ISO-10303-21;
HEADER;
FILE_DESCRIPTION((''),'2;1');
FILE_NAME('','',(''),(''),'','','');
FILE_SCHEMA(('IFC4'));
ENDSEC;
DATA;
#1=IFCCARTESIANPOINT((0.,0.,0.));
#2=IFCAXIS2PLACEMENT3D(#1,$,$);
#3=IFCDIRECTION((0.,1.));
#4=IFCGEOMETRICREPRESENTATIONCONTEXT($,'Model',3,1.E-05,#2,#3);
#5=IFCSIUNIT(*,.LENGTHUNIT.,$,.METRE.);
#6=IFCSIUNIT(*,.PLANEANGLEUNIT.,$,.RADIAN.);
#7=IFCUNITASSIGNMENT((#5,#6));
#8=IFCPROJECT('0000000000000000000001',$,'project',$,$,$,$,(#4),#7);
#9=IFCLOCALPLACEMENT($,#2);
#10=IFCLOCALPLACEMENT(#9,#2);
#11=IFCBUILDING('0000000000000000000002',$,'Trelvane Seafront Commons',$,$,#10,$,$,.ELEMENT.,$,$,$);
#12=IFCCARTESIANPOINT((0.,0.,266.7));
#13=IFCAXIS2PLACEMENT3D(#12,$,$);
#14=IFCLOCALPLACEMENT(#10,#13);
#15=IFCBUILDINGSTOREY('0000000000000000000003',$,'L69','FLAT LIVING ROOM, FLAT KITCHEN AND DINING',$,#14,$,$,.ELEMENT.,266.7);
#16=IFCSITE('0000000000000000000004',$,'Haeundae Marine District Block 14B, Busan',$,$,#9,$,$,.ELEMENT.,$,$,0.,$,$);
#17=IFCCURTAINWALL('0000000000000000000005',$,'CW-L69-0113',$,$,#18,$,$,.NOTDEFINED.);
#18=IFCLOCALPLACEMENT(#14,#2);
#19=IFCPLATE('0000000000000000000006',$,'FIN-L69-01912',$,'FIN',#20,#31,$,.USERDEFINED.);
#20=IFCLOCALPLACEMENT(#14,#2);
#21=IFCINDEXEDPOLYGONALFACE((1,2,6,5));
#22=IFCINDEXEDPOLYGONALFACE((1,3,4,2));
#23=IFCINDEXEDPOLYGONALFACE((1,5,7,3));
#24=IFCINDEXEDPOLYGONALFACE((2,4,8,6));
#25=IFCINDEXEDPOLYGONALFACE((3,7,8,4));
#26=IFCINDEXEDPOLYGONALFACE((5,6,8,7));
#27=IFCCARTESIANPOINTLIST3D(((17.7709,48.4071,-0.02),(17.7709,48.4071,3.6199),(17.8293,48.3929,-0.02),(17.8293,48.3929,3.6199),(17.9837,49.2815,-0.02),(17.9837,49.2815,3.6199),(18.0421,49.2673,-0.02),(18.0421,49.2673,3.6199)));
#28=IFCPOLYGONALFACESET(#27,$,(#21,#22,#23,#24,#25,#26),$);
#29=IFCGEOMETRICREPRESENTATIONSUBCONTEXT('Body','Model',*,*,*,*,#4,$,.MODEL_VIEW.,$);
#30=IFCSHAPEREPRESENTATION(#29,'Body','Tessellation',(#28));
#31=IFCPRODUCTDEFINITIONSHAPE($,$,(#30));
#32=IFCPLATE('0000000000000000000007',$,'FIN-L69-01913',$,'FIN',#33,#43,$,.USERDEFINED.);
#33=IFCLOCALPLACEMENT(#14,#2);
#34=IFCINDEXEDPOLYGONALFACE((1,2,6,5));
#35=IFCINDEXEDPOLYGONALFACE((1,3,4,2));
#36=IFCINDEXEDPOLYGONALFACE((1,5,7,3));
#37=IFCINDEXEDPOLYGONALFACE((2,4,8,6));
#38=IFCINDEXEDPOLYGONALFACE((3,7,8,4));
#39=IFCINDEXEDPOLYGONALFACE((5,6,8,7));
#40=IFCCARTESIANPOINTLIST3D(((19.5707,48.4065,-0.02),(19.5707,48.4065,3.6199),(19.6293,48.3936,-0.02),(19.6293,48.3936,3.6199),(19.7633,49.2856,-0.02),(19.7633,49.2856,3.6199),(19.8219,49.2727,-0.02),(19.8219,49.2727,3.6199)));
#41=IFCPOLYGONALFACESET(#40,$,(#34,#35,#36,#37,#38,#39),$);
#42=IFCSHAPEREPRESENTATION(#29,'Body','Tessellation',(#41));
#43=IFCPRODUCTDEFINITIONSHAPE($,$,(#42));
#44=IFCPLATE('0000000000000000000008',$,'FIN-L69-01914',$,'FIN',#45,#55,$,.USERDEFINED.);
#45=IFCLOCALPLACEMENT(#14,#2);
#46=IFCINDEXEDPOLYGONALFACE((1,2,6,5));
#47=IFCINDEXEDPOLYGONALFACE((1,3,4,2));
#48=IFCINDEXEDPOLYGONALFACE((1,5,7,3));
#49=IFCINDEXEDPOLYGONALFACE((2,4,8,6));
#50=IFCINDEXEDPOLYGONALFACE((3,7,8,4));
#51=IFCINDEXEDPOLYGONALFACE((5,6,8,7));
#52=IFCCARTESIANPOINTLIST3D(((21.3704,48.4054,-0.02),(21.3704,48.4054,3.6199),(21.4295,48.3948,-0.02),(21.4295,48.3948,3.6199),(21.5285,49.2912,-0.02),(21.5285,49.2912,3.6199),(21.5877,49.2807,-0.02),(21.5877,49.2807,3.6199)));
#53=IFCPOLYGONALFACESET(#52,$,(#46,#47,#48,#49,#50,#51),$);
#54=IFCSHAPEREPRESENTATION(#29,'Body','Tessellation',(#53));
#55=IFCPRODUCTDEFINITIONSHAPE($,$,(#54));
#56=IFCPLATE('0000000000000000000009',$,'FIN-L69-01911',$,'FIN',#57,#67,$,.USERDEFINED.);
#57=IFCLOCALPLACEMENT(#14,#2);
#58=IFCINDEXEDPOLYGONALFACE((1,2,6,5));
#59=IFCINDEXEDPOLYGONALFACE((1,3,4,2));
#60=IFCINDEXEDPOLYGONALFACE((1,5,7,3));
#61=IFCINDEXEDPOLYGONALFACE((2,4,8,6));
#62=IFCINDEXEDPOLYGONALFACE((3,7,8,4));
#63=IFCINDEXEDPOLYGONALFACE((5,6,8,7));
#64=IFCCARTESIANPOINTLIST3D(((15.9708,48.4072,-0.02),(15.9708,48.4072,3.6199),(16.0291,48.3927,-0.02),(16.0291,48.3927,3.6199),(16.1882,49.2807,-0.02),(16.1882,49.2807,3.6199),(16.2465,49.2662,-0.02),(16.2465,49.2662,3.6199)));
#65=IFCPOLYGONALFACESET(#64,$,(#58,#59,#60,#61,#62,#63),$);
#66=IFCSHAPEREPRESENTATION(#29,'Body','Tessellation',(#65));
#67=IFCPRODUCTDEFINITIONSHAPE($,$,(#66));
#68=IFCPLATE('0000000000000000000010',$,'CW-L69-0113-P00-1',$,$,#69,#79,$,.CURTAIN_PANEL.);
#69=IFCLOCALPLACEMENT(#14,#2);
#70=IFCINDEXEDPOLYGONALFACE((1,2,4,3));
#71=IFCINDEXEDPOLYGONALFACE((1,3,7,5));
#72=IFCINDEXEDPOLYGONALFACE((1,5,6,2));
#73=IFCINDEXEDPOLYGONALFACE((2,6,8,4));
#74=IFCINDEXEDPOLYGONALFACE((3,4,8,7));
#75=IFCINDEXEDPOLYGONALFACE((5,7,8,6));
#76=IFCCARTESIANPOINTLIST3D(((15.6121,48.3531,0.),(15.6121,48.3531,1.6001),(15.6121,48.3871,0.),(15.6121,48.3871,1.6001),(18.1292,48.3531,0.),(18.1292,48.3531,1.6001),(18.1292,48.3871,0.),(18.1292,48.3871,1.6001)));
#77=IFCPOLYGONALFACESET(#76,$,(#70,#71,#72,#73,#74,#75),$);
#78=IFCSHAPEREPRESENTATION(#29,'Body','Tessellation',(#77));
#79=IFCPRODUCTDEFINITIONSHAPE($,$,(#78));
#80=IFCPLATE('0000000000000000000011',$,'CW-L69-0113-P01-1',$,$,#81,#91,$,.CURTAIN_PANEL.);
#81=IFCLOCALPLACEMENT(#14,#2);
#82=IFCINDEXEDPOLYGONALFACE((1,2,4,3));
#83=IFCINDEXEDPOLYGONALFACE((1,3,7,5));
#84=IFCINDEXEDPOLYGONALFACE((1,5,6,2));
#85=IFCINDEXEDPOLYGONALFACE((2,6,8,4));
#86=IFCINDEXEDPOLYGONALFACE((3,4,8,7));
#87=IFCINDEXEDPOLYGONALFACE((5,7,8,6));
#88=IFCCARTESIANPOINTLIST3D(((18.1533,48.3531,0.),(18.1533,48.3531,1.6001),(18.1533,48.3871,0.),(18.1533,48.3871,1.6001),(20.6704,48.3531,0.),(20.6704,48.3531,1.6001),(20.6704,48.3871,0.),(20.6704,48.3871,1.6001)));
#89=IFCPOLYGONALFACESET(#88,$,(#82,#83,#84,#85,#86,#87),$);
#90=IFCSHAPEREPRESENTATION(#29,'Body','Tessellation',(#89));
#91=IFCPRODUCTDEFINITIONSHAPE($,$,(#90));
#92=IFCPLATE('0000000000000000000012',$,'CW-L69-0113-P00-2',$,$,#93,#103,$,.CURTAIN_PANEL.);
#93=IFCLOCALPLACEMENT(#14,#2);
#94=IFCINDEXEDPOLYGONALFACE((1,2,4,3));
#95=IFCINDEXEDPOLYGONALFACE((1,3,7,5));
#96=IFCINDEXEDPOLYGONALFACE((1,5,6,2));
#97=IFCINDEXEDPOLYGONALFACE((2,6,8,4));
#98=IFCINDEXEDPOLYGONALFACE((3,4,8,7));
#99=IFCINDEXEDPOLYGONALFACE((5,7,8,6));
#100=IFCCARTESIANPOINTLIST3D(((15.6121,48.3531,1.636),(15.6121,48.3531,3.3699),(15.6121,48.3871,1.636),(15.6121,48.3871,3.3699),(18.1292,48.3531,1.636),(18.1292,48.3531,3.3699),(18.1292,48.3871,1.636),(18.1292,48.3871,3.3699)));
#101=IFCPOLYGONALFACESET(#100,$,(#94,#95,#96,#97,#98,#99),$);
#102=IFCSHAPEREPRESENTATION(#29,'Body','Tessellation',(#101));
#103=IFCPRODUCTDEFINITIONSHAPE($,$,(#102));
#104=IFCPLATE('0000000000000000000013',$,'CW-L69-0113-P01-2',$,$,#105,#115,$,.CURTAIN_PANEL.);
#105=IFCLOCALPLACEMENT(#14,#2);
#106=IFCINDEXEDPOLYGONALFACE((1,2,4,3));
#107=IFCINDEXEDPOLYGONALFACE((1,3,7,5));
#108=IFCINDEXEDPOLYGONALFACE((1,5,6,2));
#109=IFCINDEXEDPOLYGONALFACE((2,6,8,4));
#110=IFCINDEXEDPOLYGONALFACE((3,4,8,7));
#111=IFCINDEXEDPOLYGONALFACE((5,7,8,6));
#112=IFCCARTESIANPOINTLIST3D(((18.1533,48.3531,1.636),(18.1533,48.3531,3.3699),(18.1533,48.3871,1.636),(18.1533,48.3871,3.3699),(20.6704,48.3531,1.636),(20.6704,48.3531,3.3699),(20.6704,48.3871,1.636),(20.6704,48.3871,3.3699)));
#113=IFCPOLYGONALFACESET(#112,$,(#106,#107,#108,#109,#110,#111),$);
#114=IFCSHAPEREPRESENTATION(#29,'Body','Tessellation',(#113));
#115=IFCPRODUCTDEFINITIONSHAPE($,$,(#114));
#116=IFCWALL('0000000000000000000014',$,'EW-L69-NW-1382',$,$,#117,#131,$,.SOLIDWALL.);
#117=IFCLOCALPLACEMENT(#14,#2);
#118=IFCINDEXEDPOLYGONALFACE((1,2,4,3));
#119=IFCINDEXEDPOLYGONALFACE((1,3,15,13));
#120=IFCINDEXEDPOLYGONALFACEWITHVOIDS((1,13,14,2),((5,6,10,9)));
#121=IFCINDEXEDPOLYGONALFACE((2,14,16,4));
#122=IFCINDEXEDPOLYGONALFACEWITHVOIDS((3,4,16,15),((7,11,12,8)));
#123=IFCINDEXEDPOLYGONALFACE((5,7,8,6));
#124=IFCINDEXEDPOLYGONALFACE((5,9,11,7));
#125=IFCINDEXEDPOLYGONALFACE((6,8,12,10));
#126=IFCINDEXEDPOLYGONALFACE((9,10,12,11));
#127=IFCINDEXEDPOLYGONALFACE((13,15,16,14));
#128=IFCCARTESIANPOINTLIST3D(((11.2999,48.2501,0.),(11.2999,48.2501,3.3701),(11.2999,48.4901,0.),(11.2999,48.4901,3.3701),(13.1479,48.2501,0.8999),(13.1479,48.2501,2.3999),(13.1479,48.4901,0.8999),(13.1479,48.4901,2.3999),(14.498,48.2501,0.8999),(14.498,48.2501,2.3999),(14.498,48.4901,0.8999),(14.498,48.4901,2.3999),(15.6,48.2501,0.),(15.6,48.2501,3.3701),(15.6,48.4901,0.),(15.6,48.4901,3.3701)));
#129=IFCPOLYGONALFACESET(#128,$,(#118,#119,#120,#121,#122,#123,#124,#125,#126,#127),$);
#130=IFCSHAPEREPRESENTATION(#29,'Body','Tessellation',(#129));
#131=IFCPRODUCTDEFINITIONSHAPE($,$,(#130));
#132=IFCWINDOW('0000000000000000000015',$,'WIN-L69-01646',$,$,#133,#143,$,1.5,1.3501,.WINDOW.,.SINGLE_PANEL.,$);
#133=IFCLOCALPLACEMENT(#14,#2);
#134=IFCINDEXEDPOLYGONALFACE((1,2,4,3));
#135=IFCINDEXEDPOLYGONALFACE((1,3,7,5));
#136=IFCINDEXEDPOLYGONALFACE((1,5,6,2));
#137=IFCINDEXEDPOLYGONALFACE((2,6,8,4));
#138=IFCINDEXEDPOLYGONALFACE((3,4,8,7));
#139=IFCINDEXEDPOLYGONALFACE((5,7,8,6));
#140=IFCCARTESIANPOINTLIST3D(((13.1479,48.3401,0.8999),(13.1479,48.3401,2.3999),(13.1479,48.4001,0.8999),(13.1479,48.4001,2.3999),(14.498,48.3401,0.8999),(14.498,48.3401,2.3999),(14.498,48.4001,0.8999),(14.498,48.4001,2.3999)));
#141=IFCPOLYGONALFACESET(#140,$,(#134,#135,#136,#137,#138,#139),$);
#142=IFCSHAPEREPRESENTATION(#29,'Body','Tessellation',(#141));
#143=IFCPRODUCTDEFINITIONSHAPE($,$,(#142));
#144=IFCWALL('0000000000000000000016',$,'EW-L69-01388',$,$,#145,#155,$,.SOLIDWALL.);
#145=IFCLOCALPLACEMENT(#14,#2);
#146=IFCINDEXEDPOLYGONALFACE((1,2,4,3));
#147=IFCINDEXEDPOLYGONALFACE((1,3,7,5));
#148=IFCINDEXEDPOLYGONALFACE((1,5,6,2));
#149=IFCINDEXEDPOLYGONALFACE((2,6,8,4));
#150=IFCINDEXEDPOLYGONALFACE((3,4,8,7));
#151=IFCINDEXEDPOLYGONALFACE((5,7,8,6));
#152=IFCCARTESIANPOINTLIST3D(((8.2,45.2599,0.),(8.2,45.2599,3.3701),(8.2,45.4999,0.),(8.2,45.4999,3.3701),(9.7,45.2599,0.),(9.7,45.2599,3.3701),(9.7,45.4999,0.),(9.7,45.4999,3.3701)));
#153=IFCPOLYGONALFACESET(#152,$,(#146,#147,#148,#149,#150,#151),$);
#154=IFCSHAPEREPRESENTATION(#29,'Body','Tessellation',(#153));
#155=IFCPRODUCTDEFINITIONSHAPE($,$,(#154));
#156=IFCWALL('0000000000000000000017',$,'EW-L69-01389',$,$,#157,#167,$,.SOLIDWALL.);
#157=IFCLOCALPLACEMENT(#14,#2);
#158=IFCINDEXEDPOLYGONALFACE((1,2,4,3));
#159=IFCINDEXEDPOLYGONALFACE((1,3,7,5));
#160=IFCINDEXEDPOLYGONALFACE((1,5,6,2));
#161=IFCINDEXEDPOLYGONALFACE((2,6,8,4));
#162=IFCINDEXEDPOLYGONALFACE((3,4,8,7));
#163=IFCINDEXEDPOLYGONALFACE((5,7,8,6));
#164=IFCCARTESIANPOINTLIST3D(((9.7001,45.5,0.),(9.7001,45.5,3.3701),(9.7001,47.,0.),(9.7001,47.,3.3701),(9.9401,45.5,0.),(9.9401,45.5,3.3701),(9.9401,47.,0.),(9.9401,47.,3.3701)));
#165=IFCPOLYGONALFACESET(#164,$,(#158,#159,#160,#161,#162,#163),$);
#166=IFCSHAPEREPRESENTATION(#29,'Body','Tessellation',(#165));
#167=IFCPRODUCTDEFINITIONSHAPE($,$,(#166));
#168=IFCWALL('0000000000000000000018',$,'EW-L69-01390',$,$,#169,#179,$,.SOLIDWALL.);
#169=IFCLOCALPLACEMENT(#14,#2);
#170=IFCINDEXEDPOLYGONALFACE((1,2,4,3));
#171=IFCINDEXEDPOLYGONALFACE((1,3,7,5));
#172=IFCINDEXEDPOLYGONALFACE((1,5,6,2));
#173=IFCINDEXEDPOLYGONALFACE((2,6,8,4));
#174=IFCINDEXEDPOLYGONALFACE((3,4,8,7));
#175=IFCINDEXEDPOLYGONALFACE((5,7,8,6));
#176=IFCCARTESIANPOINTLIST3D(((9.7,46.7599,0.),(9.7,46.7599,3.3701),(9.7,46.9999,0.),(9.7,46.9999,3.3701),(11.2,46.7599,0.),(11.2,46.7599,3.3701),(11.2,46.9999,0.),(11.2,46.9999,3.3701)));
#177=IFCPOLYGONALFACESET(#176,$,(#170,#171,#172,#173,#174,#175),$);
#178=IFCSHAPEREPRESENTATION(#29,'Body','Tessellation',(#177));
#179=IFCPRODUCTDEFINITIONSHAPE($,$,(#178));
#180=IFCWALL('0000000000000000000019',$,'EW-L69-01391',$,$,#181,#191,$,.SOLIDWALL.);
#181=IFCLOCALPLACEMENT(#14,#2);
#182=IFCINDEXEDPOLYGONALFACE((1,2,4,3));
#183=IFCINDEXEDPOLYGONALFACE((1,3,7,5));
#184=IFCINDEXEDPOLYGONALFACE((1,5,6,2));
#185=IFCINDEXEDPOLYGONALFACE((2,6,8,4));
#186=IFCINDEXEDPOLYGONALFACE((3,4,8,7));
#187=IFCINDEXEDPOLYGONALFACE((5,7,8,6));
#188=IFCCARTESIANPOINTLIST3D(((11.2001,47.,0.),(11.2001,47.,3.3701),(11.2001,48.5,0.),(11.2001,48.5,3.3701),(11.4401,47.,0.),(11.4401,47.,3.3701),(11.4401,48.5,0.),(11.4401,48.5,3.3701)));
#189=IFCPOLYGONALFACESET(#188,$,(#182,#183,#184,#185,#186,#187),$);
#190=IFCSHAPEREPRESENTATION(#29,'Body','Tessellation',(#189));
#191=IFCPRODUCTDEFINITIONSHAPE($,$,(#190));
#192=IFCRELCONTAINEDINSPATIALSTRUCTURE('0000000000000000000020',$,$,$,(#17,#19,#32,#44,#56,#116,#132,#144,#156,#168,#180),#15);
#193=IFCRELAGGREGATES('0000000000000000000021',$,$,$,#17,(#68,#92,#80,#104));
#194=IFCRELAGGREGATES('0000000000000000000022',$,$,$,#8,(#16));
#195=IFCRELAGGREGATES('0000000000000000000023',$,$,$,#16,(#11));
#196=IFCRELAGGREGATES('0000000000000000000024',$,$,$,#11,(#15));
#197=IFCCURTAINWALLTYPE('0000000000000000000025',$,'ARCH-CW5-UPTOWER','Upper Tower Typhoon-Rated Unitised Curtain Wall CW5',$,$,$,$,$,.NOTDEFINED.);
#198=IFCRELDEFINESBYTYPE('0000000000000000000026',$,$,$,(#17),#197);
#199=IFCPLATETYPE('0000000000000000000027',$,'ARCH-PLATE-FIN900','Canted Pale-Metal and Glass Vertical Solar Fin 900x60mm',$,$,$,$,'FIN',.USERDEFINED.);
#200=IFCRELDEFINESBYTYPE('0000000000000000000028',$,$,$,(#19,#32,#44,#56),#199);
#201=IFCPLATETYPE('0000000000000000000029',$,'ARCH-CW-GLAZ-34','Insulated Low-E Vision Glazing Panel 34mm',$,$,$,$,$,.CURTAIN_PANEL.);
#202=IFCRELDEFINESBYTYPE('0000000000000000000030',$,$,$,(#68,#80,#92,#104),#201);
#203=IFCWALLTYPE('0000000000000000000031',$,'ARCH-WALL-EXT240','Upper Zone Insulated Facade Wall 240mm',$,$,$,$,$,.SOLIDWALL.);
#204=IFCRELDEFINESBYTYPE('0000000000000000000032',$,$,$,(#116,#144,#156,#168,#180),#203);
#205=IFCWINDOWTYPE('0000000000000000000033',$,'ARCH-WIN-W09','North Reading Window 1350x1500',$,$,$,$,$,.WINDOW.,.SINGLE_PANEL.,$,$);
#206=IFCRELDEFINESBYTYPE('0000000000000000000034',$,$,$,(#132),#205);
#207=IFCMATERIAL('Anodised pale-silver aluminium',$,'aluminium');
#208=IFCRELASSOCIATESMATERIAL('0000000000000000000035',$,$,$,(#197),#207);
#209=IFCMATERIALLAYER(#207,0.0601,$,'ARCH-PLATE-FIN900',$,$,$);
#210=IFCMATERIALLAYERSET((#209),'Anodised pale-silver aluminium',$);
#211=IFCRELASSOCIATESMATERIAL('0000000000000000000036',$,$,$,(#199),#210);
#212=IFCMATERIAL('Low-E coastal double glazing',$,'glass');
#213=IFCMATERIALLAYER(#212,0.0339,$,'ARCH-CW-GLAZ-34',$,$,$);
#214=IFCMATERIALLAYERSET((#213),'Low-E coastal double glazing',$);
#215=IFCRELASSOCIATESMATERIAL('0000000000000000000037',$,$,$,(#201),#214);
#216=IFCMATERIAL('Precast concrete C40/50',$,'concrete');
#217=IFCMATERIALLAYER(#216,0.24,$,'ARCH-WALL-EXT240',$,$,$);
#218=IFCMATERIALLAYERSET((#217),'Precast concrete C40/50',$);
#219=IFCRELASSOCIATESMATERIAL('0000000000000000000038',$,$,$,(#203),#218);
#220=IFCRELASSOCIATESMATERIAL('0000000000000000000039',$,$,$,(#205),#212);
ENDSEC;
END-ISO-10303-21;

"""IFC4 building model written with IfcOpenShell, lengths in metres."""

from ifc_helpers import new_model, si_unit, direction, frame, frame_2d, origin, origin_2d, place, context, subcontext, project, spatial, rectangle, extrude, source, transform, mapped, material, layer, layer_set, type_object, element, fill, aggregate, save


model = new_model("IFC4")

# Units and contexts
model_context = context("Model", 3, precision=1e-05, world=origin(), true_north=direction((0.0, 1.0)))
body_context = subcontext(model_context, "Body", "Model", "MODEL_VIEW")
ifc_project = project(units=[si_unit("LENGTHUNIT", "METRE"), si_unit("PLANEANGLEUNIT", "RADIAN")], contexts=[model_context])

# Site, building, storey
site_placement = place(None, origin())
site = spatial("IfcSite", under=ifc_project, at=site_placement, Name="Haeundae Marine District Block 14B, Busan", CompositionType="ELEMENT", RefElevation=0.0)
building_placement = place(site_placement, origin())
building = spatial("IfcBuilding", under=site, at=building_placement, Name="Trelvane Seafront Commons", CompositionType="ELEMENT")
storey_placement = place(building_placement, frame((0.0, 0.0, 266.7)))
storey = spatial("IfcBuildingStorey", under=building, at=storey_placement, Name="L69", Description="FLAT LIVING ROOM, FLAT KITCHEN AND DINING", CompositionType="ELEMENT", Elevation=266.7)

# Curtain wall
ifc_material_1 = material(Name="Anodised pale-silver aluminium", Category="aluminium")
curtain_wall_type = type_object("IfcCurtainWallType", Name="ARCH-CW5-UPTOWER", Description="Upper Tower Typhoon-Rated Unitised Curtain Wall CW5", PredefinedType="NOTDEFINED", material=ifc_material_1)
curtain_wall_placement = place(storey_placement, origin())
curtain_wall = element("IfcCurtainWall", 1, at=curtain_wall_placement, inside=storey, type_object=curtain_wall_type, Name="CW-L69-0113", PredefinedType="NOTDEFINED")

# Plates
ifc_layer_1 = layer(ifc_material_1, 0.0601, Name="ARCH-PLATE-FIN900")
ifc_layer_set_1 = layer_set([ifc_layer_1], Name="Anodised pale-silver aluminium")
plate_type_1 = type_object("IfcPlateType", Name="ARCH-PLATE-FIN900", Description="Canted Pale-Metal and Glass Vertical Solar Fin 900x60mm", ElementType="FIN", PredefinedType="USERDEFINED", material=ifc_layer_set_1)
shared_shape_1 = source(origin(), body_context, "Body", "SweptSolid", [
    extrude(rectangle(XDim=0.8999, YDim=0.0601, at=origin_2d()), origin(), (0.0, 0.0, 1.0), 3.6399),
])
for number, where, z_axis, x_axis, name in (
    (2, (17.9065, 48.8372, -0.02), (0.0, 0.0, 1.0), (0.23644, 0.971646, 0.0), "FIN-L69-01912"),
    (3, (19.6963, 48.8396, -0.02), (0.0, 0.0, 1.0), (0.214013, 0.976831, 0.0), "FIN-L69-01913"),
    (4, (21.479, 48.843, -0.02), (0.0, 0.0, 1.0), (0.175776, 0.98443, 0.0), "FIN-L69-01914"),
):
    element("IfcPlate", number, at=place(storey_placement, frame(where, z_axis=z_axis, x_axis=x_axis)), inside=storey, type_object=plate_type_1, Name=name, ObjectType="FIN", PredefinedType="USERDEFINED", context=body_context, shape_type="MappedRepresentation", body=[
        mapped(shared_shape_1, transform((0.0, 0.0, 0.0), x_axis=(1.0, 0.0, 0.0), y_axis=(0.0, 1.0, 0.0), z_axis=(0.0, 0.0, 1.0), scale=1.0)),
    ])
shared_shape_2 = source(origin(), body_context, "Body", "SweptSolid", [
    extrude(rectangle(XDim=0.9001, YDim=0.0601, at=origin_2d()), origin(), (0.0, 0.0, 1.0), 3.6399),
])
plate_1_placement = place(storey_placement, frame((16.1086, 48.8367, -0.02), z_axis=(0.0, 0.0, 1.0), x_axis=(0.241543, 0.97039, 0.0)))
element("IfcPlate", 5, at=plate_1_placement, inside=storey, type_object=plate_type_1, Name="FIN-L69-01911", ObjectType="FIN", PredefinedType="USERDEFINED", context=body_context, shape_type="MappedRepresentation", body=[
    mapped(shared_shape_2, transform((0.0, 0.0, 0.0), x_axis=(1.0, 0.0, 0.0), y_axis=(0.0, 1.0, 0.0), z_axis=(0.0, 0.0, 1.0), scale=1.0)),
])

# Plates
ifc_material_2 = material(Name="Low-E coastal double glazing", Category="glass")
ifc_layer_2 = layer(ifc_material_2, 0.0339, Name="ARCH-CW-GLAZ-34")
ifc_layer_set_2 = layer_set([ifc_layer_2], Name="Low-E coastal double glazing")
plate_type_2 = type_object("IfcPlateType", Name="ARCH-CW-GLAZ-34", Description="Insulated Low-E Vision Glazing Panel 34mm", PredefinedType="CURTAIN_PANEL", material=ifc_layer_set_2)
shared_shape_3 = source(origin(), body_context, "Body", "SweptSolid", [
    extrude(rectangle(XDim=2.5171, YDim=0.0339, at=origin_2d()), origin(), (0.0, 0.0, 1.0), 1.6001),
])
plate_2_placement = place(storey_placement, frame((16.8706, 48.3701, 0.0), z_axis=(0.0, 0.0, 1.0), x_axis=(1.0, 0.0, 0.0)))
plate_2 = element("IfcPlate", 6, at=plate_2_placement, type_object=plate_type_2, Name="CW-L69-0113-P00-1", PredefinedType="CURTAIN_PANEL", context=body_context, shape_type="MappedRepresentation", body=[
    mapped(shared_shape_3, transform((0.0, 0.0, 0.0), x_axis=(1.0, 0.0, 0.0), y_axis=(0.0, 1.0, 0.0), z_axis=(0.0, 0.0, 1.0), scale=1.0)),
])
plate_3_placement = place(storey_placement, frame((19.4119, 48.3701, 0.0), z_axis=(0.0, 0.0, 1.0), x_axis=(1.0, 0.0, 0.0)))
plate_3 = element("IfcPlate", 7, at=plate_3_placement, type_object=plate_type_2, Name="CW-L69-0113-P01-1", PredefinedType="CURTAIN_PANEL", context=body_context, shape_type="MappedRepresentation", body=[
    mapped(shared_shape_3, transform((0.0, 0.0, 0.0), x_axis=(1.0, 0.0, 0.0), y_axis=(0.0, 1.0, 0.0), z_axis=(0.0, 0.0, 1.0), scale=1.0)),
])
shared_shape_4 = source(origin(), body_context, "Body", "SweptSolid", [
    extrude(rectangle(XDim=2.5171, YDim=0.0339, at=origin_2d()), origin(), (0.0, 0.0, 1.0), 1.7339),
])
plate_4_placement = place(storey_placement, frame((16.8706, 48.3701, 1.636), z_axis=(0.0, 0.0, 1.0), x_axis=(1.0, 0.0, 0.0)))
plate_4 = element("IfcPlate", 8, at=plate_4_placement, type_object=plate_type_2, Name="CW-L69-0113-P00-2", PredefinedType="CURTAIN_PANEL", context=body_context, shape_type="MappedRepresentation", body=[
    mapped(shared_shape_4, transform((0.0, 0.0, 0.0), x_axis=(1.0, 0.0, 0.0), y_axis=(0.0, 1.0, 0.0), z_axis=(0.0, 0.0, 1.0), scale=1.0)),
])
plate_5_placement = place(storey_placement, frame((19.4119, 48.3701, 1.636), z_axis=(0.0, 0.0, 1.0), x_axis=(1.0, 0.0, 0.0)))
plate_5 = element("IfcPlate", 9, at=plate_5_placement, type_object=plate_type_2, Name="CW-L69-0113-P01-2", PredefinedType="CURTAIN_PANEL", context=body_context, shape_type="MappedRepresentation", body=[
    mapped(shared_shape_4, transform((0.0, 0.0, 0.0), x_axis=(1.0, 0.0, 0.0), y_axis=(0.0, 1.0, 0.0), z_axis=(0.0, 0.0, 1.0), scale=1.0)),
])
aggregate(curtain_wall, [plate_2, plate_4, plate_3, plate_5])

# Wall, opening, window
ifc_material_3 = material(Name="Precast concrete C40/50", Category="concrete")
ifc_layer_3 = layer(ifc_material_3, 0.24, Name="ARCH-WALL-EXT240")
ifc_layer_set_3 = layer_set([ifc_layer_3], Name="Precast concrete C40/50")
wall_type = type_object("IfcWallType", Name="ARCH-WALL-EXT240", Description="Upper Zone Insulated Facade Wall 240mm", PredefinedType="SOLIDWALL", material=ifc_layer_set_3)
wall_placement = place(storey_placement, frame((11.3, 48.3701, 0.0), z_axis=(0.0, 0.0, 1.0), x_axis=(1.0, 0.0, 0.0)))
wall = element("IfcWall", 10, at=wall_placement, inside=storey, type_object=wall_type, Name="EW-L69-NW-1382", PredefinedType="SOLIDWALL", context=body_context, shape_type="SweptSolid", body=[
    extrude(rectangle(XDim=4.3, YDim=0.24, at=frame_2d((2.1499, 0.0))), origin(), (0.0, 0.0, 1.0), 3.3701),
])
opening_placement = place(wall_placement, frame((1.8479, 0.0, 0.8999)))
opening = element("IfcOpeningElement", 11, at=opening_placement, cuts=wall, PredefinedType="OPENING", context=body_context, shape_type="SweptSolid", body=[
    extrude(rectangle(XDim=1.3501, YDim=1.5, at=frame_2d((0.675, 0.75))), frame((0.0, 0.1299, 0.0), z_axis=(0.0, -1.0, 0.0), x_axis=(1.0, 0.0, 0.0)), (0.0, 0.0, 1.0), 0.26),
])
window_type = type_object("IfcWindowType", Name="ARCH-WIN-W09", Description="North Reading Window 1350x1500", PartitioningType="SINGLE_PANEL", PredefinedType="WINDOW", material=ifc_material_2)
shared_shape_5 = source(origin(), body_context, "Body", "SweptSolid", [
    extrude(rectangle(XDim=1.3501, YDim=1.5, at=frame_2d((0.675, 0.75))), frame((0.0, 0.03, 0.0), z_axis=(0.0, -1.0, 0.0), x_axis=(1.0, 0.0, 0.0)), (0.0, 0.0, 1.0), 0.0601),
])
window_placement = place(opening_placement, origin())
window = element("IfcWindow", 12, at=window_placement, inside=storey, type_object=window_type, Name="WIN-L69-01646", OverallHeight=1.5, OverallWidth=1.3501, PartitioningType="SINGLE_PANEL", PredefinedType="WINDOW", context=body_context, shape_type="MappedRepresentation", body=[
    mapped(shared_shape_5, transform((0.0, 0.0, 0.0), x_axis=(1.0, 0.0, 0.0), y_axis=(0.0, 1.0, 0.0), z_axis=(0.0, 0.0, 1.0), scale=1.0)),
])
fill(opening, window)

# Walls
for number, where, z_axis, x_axis, name in (
    (13, (8.2, 45.3799, 0.0), (0.0, 0.0, 1.0), (1.0, 0.0, 0.0), "EW-L69-01388"),
    (14, (9.8201, 45.5, 0.0), (0.0, 0.0, 1.0), (0.0, 1.0, 0.0), "EW-L69-01389"),
    (15, (9.7, 46.8799, 0.0), (0.0, 0.0, 1.0), (1.0, 0.0, 0.0), "EW-L69-01390"),
    (16, (11.3201, 47.0, 0.0), (0.0, 0.0, 1.0), (0.0, 1.0, 0.0), "EW-L69-01391"),
):
    element("IfcWall", number, at=place(storey_placement, frame(where, z_axis=z_axis, x_axis=x_axis)), inside=storey, type_object=wall_type, Name=name, PredefinedType="SOLIDWALL", context=body_context, shape_type="SweptSolid", body=[
        extrude(rectangle(XDim=1.5, YDim=0.24, at=frame_2d((0.75, 0.0))), origin(), (0.0, 0.0, 1.0), 3.3701),
    ])

save(model, "model.ifc")
